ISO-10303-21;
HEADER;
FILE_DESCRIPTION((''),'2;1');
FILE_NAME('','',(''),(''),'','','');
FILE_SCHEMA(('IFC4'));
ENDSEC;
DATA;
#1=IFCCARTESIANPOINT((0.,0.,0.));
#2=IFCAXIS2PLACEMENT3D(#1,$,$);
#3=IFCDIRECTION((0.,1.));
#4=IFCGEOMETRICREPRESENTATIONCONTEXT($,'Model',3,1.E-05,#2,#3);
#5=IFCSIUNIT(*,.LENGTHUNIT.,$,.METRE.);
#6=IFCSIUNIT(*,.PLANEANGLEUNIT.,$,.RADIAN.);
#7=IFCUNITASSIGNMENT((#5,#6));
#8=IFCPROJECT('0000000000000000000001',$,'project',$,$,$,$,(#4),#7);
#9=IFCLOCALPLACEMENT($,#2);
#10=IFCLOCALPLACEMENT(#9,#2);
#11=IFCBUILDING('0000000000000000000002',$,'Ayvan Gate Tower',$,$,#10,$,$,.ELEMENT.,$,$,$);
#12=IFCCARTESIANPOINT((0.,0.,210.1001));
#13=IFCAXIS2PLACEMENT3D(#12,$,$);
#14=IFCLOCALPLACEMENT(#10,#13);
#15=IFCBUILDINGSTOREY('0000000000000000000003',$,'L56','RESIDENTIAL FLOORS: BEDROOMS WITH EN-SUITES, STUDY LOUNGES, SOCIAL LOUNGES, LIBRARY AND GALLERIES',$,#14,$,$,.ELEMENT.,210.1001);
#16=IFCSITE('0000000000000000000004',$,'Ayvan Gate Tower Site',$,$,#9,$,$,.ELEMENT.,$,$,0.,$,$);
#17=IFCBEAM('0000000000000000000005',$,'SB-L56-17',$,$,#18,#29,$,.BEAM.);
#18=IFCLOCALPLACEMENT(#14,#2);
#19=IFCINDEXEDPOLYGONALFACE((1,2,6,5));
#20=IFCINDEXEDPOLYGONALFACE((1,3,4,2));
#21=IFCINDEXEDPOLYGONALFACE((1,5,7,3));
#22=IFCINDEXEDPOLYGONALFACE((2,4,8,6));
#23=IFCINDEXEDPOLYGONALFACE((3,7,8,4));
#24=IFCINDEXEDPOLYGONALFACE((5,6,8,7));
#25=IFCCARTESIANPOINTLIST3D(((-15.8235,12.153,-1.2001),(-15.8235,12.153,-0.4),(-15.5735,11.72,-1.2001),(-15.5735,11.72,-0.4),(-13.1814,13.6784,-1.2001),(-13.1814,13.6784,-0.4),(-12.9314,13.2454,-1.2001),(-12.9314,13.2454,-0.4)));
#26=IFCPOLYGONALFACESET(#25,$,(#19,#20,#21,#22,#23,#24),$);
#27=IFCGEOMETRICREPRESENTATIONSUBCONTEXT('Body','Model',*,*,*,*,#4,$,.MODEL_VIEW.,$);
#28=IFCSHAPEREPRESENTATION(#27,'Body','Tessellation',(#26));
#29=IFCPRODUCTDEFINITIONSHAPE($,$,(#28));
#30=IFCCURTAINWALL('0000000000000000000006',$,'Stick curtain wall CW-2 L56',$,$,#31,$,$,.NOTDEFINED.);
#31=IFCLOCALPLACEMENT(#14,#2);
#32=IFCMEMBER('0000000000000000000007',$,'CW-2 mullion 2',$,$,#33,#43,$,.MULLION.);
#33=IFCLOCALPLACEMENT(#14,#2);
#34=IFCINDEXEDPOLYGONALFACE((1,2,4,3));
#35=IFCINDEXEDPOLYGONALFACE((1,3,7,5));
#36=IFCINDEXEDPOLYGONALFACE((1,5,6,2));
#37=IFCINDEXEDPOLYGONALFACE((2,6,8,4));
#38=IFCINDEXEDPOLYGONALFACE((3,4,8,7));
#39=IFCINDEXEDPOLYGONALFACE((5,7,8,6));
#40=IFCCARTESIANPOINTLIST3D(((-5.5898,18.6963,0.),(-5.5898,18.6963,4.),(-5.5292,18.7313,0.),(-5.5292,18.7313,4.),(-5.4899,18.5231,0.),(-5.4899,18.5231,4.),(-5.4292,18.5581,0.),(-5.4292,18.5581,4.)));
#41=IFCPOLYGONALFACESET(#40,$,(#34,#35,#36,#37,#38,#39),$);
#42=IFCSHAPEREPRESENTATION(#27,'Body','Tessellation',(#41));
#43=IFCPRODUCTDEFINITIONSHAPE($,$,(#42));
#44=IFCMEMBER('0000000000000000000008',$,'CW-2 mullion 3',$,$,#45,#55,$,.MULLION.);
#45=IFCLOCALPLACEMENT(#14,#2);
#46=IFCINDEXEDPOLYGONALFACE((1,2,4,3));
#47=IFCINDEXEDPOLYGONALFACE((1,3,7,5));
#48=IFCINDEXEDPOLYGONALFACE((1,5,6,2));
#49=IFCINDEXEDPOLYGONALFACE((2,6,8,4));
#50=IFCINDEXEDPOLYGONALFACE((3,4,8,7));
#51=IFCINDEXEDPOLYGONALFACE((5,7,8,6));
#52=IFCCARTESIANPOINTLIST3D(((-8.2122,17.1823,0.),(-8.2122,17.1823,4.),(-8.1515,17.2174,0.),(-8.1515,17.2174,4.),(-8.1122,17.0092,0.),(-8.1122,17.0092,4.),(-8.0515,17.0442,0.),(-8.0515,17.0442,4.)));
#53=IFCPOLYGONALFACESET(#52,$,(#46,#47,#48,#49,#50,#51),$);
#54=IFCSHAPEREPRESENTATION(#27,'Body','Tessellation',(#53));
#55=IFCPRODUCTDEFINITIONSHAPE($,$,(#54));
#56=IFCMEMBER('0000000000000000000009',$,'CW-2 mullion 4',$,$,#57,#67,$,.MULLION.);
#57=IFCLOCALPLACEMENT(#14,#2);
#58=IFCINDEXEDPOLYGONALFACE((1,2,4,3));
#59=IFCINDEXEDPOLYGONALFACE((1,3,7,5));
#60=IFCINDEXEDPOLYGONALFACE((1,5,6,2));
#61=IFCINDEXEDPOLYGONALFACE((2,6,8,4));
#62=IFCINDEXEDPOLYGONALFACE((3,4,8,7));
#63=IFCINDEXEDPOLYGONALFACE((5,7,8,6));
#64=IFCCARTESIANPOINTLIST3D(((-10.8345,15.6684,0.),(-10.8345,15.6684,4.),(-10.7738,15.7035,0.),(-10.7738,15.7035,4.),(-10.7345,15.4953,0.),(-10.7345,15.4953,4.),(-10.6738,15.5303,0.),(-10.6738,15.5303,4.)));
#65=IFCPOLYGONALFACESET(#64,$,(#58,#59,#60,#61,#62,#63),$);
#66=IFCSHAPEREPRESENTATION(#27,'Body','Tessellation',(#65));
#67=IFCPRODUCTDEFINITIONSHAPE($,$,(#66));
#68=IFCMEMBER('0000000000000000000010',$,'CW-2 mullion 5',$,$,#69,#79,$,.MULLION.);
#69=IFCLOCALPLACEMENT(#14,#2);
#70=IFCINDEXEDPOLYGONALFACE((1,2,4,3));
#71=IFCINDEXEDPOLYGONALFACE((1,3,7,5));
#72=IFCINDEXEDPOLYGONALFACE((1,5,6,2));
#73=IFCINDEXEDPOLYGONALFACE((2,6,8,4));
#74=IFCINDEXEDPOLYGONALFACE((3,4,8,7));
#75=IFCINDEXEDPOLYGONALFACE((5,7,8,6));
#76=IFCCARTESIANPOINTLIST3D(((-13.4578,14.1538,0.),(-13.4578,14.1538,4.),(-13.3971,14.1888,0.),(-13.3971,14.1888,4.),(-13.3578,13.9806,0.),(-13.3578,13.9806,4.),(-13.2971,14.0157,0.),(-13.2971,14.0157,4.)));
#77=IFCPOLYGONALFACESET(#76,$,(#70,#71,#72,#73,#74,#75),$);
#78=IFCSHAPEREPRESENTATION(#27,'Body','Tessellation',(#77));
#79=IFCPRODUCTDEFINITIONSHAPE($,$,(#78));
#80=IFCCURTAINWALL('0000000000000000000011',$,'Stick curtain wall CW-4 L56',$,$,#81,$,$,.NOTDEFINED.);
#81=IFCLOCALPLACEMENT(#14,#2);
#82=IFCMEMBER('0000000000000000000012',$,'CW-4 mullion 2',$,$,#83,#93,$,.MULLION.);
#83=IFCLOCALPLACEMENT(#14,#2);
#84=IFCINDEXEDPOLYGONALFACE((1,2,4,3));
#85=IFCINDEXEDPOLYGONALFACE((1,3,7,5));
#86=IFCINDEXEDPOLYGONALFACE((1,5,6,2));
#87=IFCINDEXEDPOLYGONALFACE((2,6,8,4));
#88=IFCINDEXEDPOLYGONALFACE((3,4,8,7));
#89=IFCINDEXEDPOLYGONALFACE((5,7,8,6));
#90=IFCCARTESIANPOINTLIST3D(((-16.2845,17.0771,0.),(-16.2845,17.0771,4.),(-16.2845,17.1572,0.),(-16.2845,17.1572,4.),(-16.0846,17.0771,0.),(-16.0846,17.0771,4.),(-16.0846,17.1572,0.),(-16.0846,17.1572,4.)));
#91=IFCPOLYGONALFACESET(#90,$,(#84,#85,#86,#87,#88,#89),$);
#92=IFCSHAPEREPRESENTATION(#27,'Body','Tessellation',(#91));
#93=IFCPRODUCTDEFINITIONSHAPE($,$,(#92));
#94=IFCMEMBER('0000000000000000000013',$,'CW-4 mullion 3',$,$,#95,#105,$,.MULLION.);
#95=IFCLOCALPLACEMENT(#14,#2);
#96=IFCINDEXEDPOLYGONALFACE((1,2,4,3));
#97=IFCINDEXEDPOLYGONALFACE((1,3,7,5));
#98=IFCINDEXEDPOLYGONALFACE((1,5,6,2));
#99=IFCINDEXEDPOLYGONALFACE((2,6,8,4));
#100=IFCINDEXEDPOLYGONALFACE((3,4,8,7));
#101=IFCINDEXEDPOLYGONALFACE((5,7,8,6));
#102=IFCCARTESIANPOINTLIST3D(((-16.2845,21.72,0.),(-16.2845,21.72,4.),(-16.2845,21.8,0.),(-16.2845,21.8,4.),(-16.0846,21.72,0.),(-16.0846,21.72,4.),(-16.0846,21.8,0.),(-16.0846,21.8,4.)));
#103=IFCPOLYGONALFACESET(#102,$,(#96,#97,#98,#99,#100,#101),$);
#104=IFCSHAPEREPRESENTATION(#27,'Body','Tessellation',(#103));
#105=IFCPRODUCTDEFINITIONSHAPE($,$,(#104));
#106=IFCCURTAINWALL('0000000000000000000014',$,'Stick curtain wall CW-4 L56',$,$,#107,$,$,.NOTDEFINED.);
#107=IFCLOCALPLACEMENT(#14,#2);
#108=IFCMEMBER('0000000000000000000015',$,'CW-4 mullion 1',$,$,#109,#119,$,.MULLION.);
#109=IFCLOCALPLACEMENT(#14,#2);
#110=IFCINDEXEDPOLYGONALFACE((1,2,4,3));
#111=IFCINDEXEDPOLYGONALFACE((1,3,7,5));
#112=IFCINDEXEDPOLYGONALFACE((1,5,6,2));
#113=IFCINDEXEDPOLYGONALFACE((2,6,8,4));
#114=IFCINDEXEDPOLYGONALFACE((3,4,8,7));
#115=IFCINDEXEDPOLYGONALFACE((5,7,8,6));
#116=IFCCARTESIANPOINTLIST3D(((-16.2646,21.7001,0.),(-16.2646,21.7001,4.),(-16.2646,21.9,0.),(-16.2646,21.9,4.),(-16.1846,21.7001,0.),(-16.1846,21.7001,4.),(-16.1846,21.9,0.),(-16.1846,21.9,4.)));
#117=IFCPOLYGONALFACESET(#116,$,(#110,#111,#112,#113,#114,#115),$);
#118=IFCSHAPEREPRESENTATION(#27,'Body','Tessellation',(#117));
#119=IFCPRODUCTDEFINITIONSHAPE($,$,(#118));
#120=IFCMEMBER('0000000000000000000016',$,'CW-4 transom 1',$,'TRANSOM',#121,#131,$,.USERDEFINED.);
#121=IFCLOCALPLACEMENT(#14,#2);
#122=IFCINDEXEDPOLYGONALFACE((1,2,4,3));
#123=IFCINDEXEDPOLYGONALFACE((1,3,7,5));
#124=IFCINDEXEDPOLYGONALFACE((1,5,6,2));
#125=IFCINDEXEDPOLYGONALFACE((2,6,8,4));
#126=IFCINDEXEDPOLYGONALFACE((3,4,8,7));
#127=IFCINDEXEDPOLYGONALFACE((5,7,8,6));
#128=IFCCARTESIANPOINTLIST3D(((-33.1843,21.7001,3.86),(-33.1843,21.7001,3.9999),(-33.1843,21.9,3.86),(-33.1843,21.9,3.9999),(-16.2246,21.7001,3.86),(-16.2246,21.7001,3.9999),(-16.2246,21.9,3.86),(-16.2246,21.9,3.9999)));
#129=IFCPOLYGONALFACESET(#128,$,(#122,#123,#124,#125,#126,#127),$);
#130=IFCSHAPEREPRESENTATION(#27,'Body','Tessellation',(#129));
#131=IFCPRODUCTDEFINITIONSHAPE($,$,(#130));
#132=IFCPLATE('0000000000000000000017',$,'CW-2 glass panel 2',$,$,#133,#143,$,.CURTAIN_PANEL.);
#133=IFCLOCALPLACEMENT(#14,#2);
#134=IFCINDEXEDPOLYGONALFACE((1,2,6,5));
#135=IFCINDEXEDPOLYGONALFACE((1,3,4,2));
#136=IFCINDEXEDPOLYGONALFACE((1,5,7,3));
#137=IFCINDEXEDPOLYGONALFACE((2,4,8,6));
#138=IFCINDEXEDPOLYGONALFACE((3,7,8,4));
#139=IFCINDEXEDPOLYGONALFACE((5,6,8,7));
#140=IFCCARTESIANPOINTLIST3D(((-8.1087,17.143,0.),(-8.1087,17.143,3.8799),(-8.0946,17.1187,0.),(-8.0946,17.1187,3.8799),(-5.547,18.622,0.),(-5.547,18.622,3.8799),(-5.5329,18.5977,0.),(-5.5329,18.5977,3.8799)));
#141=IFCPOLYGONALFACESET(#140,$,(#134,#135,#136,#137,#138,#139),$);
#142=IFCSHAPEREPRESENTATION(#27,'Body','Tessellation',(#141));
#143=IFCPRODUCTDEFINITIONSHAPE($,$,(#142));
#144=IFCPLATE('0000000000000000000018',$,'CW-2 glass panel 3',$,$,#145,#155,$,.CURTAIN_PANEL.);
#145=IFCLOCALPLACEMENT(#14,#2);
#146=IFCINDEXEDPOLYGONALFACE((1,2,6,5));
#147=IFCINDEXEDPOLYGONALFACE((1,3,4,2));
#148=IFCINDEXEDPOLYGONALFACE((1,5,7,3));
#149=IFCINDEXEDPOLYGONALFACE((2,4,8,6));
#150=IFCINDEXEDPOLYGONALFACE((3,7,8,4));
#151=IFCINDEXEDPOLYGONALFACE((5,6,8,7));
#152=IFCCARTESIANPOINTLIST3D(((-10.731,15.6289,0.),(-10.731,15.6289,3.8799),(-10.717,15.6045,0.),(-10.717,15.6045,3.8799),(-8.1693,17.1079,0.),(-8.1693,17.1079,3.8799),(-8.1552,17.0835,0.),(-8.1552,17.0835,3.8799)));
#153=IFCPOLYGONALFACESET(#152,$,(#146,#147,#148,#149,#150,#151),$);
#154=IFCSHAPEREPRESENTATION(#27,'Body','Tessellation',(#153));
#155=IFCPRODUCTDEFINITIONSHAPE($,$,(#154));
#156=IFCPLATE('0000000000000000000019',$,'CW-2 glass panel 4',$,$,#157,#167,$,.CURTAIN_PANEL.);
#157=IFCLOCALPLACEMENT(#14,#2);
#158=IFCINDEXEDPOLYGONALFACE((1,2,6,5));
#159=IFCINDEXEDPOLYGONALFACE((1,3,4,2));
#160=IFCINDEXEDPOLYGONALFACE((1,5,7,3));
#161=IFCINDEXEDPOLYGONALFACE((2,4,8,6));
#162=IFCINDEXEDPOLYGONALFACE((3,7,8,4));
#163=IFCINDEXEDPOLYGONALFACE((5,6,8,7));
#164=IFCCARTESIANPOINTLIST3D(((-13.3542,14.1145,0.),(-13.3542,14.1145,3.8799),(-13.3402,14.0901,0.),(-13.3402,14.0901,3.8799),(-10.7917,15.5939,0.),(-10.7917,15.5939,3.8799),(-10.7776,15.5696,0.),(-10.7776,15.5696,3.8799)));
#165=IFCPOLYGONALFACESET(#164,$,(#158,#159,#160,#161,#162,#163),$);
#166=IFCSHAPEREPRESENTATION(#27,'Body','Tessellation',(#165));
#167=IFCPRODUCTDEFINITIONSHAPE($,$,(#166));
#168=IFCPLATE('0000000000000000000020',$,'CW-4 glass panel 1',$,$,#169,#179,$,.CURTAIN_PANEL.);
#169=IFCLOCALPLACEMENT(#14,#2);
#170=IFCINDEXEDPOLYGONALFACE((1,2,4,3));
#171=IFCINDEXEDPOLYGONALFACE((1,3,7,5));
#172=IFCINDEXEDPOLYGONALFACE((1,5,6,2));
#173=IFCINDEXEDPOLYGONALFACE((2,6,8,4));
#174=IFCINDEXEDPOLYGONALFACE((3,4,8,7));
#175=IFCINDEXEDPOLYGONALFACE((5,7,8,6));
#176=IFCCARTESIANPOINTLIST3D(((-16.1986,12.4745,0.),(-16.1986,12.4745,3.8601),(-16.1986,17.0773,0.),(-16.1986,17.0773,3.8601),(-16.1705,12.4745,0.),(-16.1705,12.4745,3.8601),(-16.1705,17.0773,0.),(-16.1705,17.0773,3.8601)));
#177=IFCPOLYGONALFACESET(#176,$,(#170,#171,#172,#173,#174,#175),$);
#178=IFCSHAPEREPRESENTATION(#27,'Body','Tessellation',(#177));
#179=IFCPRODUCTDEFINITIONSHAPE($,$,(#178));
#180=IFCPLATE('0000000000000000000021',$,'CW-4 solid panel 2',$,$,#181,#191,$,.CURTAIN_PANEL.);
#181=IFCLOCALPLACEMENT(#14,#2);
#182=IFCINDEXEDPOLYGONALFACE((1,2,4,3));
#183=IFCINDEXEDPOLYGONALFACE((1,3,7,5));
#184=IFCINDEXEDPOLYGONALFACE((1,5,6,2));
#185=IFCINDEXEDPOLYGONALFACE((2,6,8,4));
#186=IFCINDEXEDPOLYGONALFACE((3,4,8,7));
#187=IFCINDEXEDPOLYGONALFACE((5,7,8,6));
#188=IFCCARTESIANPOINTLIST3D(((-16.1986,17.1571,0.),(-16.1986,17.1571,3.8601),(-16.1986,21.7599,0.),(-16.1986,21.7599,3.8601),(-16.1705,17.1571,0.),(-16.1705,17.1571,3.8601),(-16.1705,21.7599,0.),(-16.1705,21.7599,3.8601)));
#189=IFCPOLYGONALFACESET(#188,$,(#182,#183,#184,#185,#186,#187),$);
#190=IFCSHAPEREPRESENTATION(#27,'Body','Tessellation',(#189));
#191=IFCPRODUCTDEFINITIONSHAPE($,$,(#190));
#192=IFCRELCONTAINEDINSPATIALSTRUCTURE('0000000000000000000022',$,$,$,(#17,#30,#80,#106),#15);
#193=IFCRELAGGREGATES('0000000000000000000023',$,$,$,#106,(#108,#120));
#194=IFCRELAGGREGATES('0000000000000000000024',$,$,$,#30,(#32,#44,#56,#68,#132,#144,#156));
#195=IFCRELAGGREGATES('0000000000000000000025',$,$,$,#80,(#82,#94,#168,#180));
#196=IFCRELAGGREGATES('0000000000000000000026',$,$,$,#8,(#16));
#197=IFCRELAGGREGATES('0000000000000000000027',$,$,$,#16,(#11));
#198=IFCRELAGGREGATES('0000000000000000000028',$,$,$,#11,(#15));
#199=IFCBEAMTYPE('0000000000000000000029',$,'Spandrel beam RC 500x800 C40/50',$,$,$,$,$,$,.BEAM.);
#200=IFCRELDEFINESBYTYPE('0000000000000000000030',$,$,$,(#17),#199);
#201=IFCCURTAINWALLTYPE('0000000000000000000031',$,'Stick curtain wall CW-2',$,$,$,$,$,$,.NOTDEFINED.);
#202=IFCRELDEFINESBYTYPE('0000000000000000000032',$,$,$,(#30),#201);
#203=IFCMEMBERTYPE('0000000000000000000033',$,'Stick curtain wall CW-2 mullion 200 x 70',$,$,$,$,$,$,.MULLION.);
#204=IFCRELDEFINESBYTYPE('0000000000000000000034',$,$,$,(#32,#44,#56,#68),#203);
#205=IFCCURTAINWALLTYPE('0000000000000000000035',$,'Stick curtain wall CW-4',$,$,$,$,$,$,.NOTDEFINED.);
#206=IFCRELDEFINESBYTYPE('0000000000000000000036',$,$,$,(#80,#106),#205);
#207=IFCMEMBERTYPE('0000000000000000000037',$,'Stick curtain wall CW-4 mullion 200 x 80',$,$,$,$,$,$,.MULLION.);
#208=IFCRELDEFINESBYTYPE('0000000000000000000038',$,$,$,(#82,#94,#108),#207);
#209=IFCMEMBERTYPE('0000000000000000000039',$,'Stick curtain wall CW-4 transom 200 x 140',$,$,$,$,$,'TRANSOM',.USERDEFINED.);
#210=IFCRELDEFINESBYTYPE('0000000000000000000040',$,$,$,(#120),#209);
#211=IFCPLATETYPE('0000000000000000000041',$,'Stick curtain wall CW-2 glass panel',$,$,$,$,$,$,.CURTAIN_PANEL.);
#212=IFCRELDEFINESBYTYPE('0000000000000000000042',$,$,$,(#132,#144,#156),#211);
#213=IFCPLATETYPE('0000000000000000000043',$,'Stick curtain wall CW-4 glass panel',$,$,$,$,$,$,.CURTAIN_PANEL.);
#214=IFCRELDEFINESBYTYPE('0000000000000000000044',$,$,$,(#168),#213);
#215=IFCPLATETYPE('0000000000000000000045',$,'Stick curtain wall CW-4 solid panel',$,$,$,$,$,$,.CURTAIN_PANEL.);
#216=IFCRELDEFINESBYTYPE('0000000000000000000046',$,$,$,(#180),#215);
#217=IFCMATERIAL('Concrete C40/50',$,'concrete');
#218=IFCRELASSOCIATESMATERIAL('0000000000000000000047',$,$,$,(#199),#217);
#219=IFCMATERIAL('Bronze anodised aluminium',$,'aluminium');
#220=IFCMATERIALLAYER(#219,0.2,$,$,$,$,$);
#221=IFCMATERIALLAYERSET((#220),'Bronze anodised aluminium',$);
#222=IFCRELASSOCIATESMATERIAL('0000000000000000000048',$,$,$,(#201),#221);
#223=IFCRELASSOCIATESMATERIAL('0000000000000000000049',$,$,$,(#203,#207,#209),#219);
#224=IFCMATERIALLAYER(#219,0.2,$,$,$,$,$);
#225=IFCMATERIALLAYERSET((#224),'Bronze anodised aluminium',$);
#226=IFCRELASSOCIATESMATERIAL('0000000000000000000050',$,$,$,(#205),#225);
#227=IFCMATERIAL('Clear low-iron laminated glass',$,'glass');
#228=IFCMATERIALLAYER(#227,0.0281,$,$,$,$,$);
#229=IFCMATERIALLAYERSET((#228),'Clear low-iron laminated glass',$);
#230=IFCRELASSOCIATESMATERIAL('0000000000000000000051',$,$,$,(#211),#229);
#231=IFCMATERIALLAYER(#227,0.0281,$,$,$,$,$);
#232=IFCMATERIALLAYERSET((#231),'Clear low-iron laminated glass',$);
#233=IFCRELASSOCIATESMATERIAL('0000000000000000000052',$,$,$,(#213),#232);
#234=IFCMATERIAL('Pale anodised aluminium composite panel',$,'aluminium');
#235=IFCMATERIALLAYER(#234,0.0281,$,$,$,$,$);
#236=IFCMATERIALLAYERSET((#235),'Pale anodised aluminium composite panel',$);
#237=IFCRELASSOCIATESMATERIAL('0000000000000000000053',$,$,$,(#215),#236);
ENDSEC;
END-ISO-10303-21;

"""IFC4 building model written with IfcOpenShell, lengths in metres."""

from ifc_helpers import new_model, si_unit, direction, frame, origin, origin_2d, place, context, subcontext, project, spatial, rectangle, extrude, material, layer, layer_set, material_profile, profile_set, type_object, element, aggregate, save


model = new_model("IFC4")

# Units and contexts
model_context = context("Model", 3, precision=1e-05, world=origin(), true_north=direction((0.0, 1.0)))
body_context = subcontext(model_context, "Body", "Model", "MODEL_VIEW")
ifc_project = project(units=[si_unit("LENGTHUNIT", "METRE"), si_unit("PLANEANGLEUNIT", "RADIAN")], contexts=[model_context])

# Site, building, storey
site_placement = place(None, origin())
site = spatial("IfcSite", under=ifc_project, at=site_placement, Name="Ayvan Gate Tower Site", CompositionType="ELEMENT", RefElevation=0.0)
building_placement = place(site_placement, origin())
building = spatial("IfcBuilding", under=site, at=building_placement, Name="Ayvan Gate Tower", CompositionType="ELEMENT")
storey_placement = place(building_placement, frame((0.0, 0.0, 210.1001)))
storey = spatial("IfcBuildingStorey", under=building, at=storey_placement, Name="L56", Description="RESIDENTIAL FLOORS: BEDROOMS WITH EN-SUITES, STUDY LOUNGES, SOCIAL LOUNGES, LIBRARY AND GALLERIES", CompositionType="ELEMENT", Elevation=210.1001)

# Beam
ifc_material_1 = material(Name="Concrete C40/50", Category="concrete")
ifc_material_profile_1 = material_profile(ifc_material_1, rectangle(XDim=0.5, YDim=0.8, at=origin_2d()), Name="RC 500x800")
ifc_profile_set_1 = profile_set([ifc_material_profile_1], Name="Concrete C40/50")
beam_type_1 = type_object("IfcBeamType", Name="Spandrel beam RC 500x800 C40/50", PredefinedType="BEAM", material=ifc_profile_set_1)
for number, where, z_axis, x_axis, name in (
    (1, (-13.0564, 13.4619, -0.8), (-0.866028, -0.499995, 0.0), (0.499995, -0.866028, 0.0), "SB-L56-17"),
):
    element("IfcBeam", number, at=place(storey_placement, frame(where, z_axis=z_axis, x_axis=x_axis)), inside=storey, type_object=beam_type_1, Name=name, PredefinedType="BEAM", context=body_context, shape_type="SweptSolid", body=[
        extrude(rectangle(XDim=0.5, YDim=0.8, at=origin_2d()), origin(), (0.0, 0.0, 1.0), 3.0508),
    ])

# Curtain walls, members
ifc_material_2 = material(Name="Bronze anodised aluminium", Category="aluminium")
ifc_layer_1 = layer(ifc_material_2, 0.2)
ifc_layer_set_1 = layer_set([ifc_layer_1], Name="Bronze anodised aluminium")
curtain_wall_type_1 = type_object("IfcCurtainWallType", Name="Stick curtain wall CW-2", PredefinedType="NOTDEFINED", material=ifc_layer_set_1)
curtain_wall_1_placement = place(storey_placement, origin())
curtain_wall_1 = element("IfcCurtainWall", 2, at=curtain_wall_1_placement, inside=storey, type_object=curtain_wall_type_1, Name="Stick curtain wall CW-2 L56", PredefinedType="NOTDEFINED")
ifc_material_profile_2 = material_profile(ifc_material_2, rectangle(XDim=0.2, YDim=0.0701, at=origin_2d()), Name="Stick curtain wall CW-2 mullion 200 x 70")
ifc_profile_set_2 = profile_set([ifc_material_profile_2], Name="Bronze anodised aluminium")
member_type_1 = type_object("IfcMemberType", Name="Stick curtain wall CW-2 mullion 200 x 70", PredefinedType="MULLION", material=ifc_profile_set_2)
member_1_placement = place(storey_placement, frame((-5.5095, 18.6272, 0.0), z_axis=(0.0, 0.0, 1.0), x_axis=(-0.5, 0.866025, 0.0)))
member_1 = element("IfcMember", 3, at=member_1_placement, type_object=member_type_1, Name="CW-2 mullion 2", PredefinedType="MULLION", context=body_context, shape_type="SweptSolid", body=[
    extrude(rectangle(XDim=0.2, YDim=0.0701, at=origin_2d()), origin(), (0.0, 0.0, 1.0), 4.0),
])
member_2_placement = place(storey_placement, frame((-8.1318, 17.1133, 0.0), z_axis=(0.0, 0.0, 1.0), x_axis=(-0.5, 0.866025, 0.0)))
member_2 = element("IfcMember", 4, at=member_2_placement, type_object=member_type_1, Name="CW-2 mullion 3", PredefinedType="MULLION", context=body_context, shape_type="SweptSolid", body=[
    extrude(rectangle(XDim=0.2, YDim=0.0701, at=origin_2d()), origin(), (0.0, 0.0, 1.0), 4.0),
])
member_3_placement = place(storey_placement, frame((-10.7542, 15.5994, 0.0), z_axis=(0.0, 0.0, 1.0), x_axis=(-0.5, 0.866025, 0.0)))
member_3 = element("IfcMember", 5, at=member_3_placement, type_object=member_type_1, Name="CW-2 mullion 4", PredefinedType="MULLION", context=body_context, shape_type="SweptSolid", body=[
    extrude(rectangle(XDim=0.2, YDim=0.0701, at=origin_2d()), origin(), (0.0, 0.0, 1.0), 4.0),
])
member_4_placement = place(storey_placement, frame((-13.3774, 14.0847, 0.0), z_axis=(0.0, 0.0, 1.0), x_axis=(-0.5, 0.866025, 0.0)))
member_4 = element("IfcMember", 6, at=member_4_placement, type_object=member_type_1, Name="CW-2 mullion 5", PredefinedType="MULLION", context=body_context, shape_type="SweptSolid", body=[
    extrude(rectangle(XDim=0.2, YDim=0.0701, at=origin_2d()), origin(), (0.0, 0.0, 1.0), 4.0),
])
ifc_layer_2 = layer(ifc_material_2, 0.2)
ifc_layer_set_2 = layer_set([ifc_layer_2], Name="Bronze anodised aluminium")
curtain_wall_type_2 = type_object("IfcCurtainWallType", Name="Stick curtain wall CW-4", PredefinedType="NOTDEFINED", material=ifc_layer_set_2)
curtain_wall_2_placement = place(storey_placement, origin())
curtain_wall_2 = element("IfcCurtainWall", 7, at=curtain_wall_2_placement, inside=storey, type_object=curtain_wall_type_2, Name="Stick curtain wall CW-4 L56", PredefinedType="NOTDEFINED")
ifc_material_profile_3 = material_profile(ifc_material_2, rectangle(XDim=0.2, YDim=0.0801, at=origin_2d()), Name="Stick curtain wall CW-4 mullion 200 x 80")
ifc_profile_set_3 = profile_set([ifc_material_profile_3], Name="Bronze anodised aluminium")
member_type_2 = type_object("IfcMemberType", Name="Stick curtain wall CW-4 mullion 200 x 80", PredefinedType="MULLION", material=ifc_profile_set_3)
member_5_placement = place(storey_placement, frame((-16.1846, 17.1172, 0.0), z_axis=(0.0, 0.0, 1.0), x_axis=(1.0, 0.0, 0.0)))
member_5 = element("IfcMember", 8, at=member_5_placement, type_object=member_type_2, Name="CW-4 mullion 2", PredefinedType="MULLION", context=body_context, shape_type="SweptSolid", body=[
    extrude(rectangle(XDim=0.2, YDim=0.0801, at=origin_2d()), origin(), (0.0, 0.0, 1.0), 4.0),
])
member_6_placement = place(storey_placement, frame((-16.1846, 21.76, 0.0), z_axis=(0.0, 0.0, 1.0), x_axis=(1.0, 0.0, 0.0)))
member_6 = element("IfcMember", 9, at=member_6_placement, type_object=member_type_2, Name="CW-4 mullion 3", PredefinedType="MULLION", context=body_context, shape_type="SweptSolid", body=[
    extrude(rectangle(XDim=0.2, YDim=0.0801, at=origin_2d()), origin(), (0.0, 0.0, 1.0), 4.0),
])
curtain_wall_3_placement = place(storey_placement, origin())
curtain_wall_3 = element("IfcCurtainWall", 10, at=curtain_wall_3_placement, inside=storey, type_object=curtain_wall_type_2, Name="Stick curtain wall CW-4 L56", PredefinedType="NOTDEFINED")
member_7_placement = place(storey_placement, frame((-16.2246, 21.8, 0.0), z_axis=(0.0, 0.0, 1.0), x_axis=(0.0, 1.0, 0.0)))
member_7 = element("IfcMember", 11, at=member_7_placement, type_object=member_type_2, Name="CW-4 mullion 1", PredefinedType="MULLION", context=body_context, shape_type="SweptSolid", body=[
    extrude(rectangle(XDim=0.2, YDim=0.0801, at=origin_2d()), origin(), (0.0, 0.0, 1.0), 4.0),
])
ifc_material_profile_4 = material_profile(ifc_material_2, rectangle(XDim=0.2, YDim=0.1399, at=origin_2d()), Name="Stick curtain wall CW-4 transom 200 x 140")
ifc_profile_set_4 = profile_set([ifc_material_profile_4], Name="Bronze anodised aluminium")
member_type_3 = type_object("IfcMemberType", Name="Stick curtain wall CW-4 transom 200 x 140", ElementType="TRANSOM", PredefinedType="USERDEFINED", material=ifc_profile_set_4)
member_8_placement = place(storey_placement, frame((-16.2246, 21.8, 3.9299), z_axis=(-1.0, 0.0, 0.0), x_axis=(0.0, -1.0, 0.0)))
member_8 = element("IfcMember", 12, at=member_8_placement, type_object=member_type_3, Name="CW-4 transom 1", ObjectType="TRANSOM", PredefinedType="USERDEFINED", context=body_context, shape_type="SweptSolid", body=[
    extrude(rectangle(XDim=0.2, YDim=0.1399, at=origin_2d()), origin(), (0.0, 0.0, 1.0), 16.9597),
])
aggregate(curtain_wall_3, [member_7, member_8])

# Plates
ifc_material_3 = material(Name="Clear low-iron laminated glass", Category="glass")
ifc_layer_3 = layer(ifc_material_3, 0.0281)
ifc_layer_set_3 = layer_set([ifc_layer_3], Name="Clear low-iron laminated glass")
plate_type_1 = type_object("IfcPlateType", Name="Stick curtain wall CW-2 glass panel", PredefinedType="CURTAIN_PANEL", material=ifc_layer_set_3)
plate_1_placement = place(storey_placement, frame((-6.8208, 17.8704, 0.0), z_axis=(0.0, 0.0, 1.0), x_axis=(-0.866025, -0.5, 0.0)))
plate_1 = element("IfcPlate", 13, at=plate_1_placement, type_object=plate_type_1, Name="CW-2 glass panel 2", PredefinedType="CURTAIN_PANEL", context=body_context, shape_type="SweptSolid", body=[
    extrude(rectangle(XDim=2.958, YDim=0.0281, at=origin_2d()), origin(), (0.0, 0.0, 1.0), 3.8799),
])
plate_2_placement = place(storey_placement, frame((-9.4431, 16.3562, 0.0), z_axis=(0.0, 0.0, 1.0), x_axis=(-0.866025, -0.5, 0.0)))
plate_2 = element("IfcPlate", 14, at=plate_2_placement, type_object=plate_type_1, Name="CW-2 glass panel 3", PredefinedType="CURTAIN_PANEL", context=body_context, shape_type="SweptSolid", body=[
    extrude(rectangle(XDim=2.958, YDim=0.0281, at=origin_2d()), origin(), (0.0, 0.0, 1.0), 3.8799),
])
plate_3_placement = place(storey_placement, frame((-12.0659, 14.842, 0.0), z_axis=(0.0, 0.0, 1.0), x_axis=(-0.866025, -0.5, 0.0)))
plate_3 = element("IfcPlate", 15, at=plate_3_placement, type_object=plate_type_1, Name="CW-2 glass panel 4", PredefinedType="CURTAIN_PANEL", context=body_context, shape_type="SweptSolid", body=[
    extrude(rectangle(XDim=2.959, YDim=0.0281, at=origin_2d()), origin(), (0.0, 0.0, 1.0), 3.8799),
])
aggregate(curtain_wall_1, [member_1, member_2, member_3, member_4, plate_1, plate_2, plate_3])
ifc_layer_4 = layer(ifc_material_3, 0.0281)
ifc_layer_set_4 = layer_set([ifc_layer_4], Name="Clear low-iron laminated glass")
plate_type_2 = type_object("IfcPlateType", Name="Stick curtain wall CW-4 glass panel", PredefinedType="CURTAIN_PANEL", material=ifc_layer_set_4)
plate_4_placement = place(storey_placement, frame((-16.1846, 14.7759, 0.0), z_axis=(0.0, 0.0, 1.0), x_axis=(0.0, 1.0, 0.0)))
plate_4 = element("IfcPlate", 16, at=plate_4_placement, type_object=plate_type_2, Name="CW-4 glass panel 1", PredefinedType="CURTAIN_PANEL", context=body_context, shape_type="SweptSolid", body=[
    extrude(rectangle(XDim=4.6028, YDim=0.0281, at=origin_2d()), origin(), (0.0, 0.0, 1.0), 3.8601),
])
ifc_material_4 = material(Name="Pale anodised aluminium composite panel", Category="aluminium")
ifc_layer_5 = layer(ifc_material_4, 0.0281)
ifc_layer_set_5 = layer_set([ifc_layer_5], Name="Pale anodised aluminium composite panel")
plate_type_3 = type_object("IfcPlateType", Name="Stick curtain wall CW-4 solid panel", PredefinedType="CURTAIN_PANEL", material=ifc_layer_set_5)
plate_5_placement = place(storey_placement, frame((-16.1846, 19.4585, 0.0), z_axis=(0.0, 0.0, 1.0), x_axis=(0.0, 1.0, 0.0)))
plate_5 = element("IfcPlate", 17, at=plate_5_placement, type_object=plate_type_3, Name="CW-4 solid panel 2", PredefinedType="CURTAIN_PANEL", context=body_context, shape_type="SweptSolid", body=[
    extrude(rectangle(XDim=4.6028, YDim=0.0281, at=origin_2d()), origin(), (0.0, 0.0, 1.0), 3.8601),
])
aggregate(curtain_wall_2, [member_5, member_6, plate_4, plate_5])

save(model, "model.ifc")
